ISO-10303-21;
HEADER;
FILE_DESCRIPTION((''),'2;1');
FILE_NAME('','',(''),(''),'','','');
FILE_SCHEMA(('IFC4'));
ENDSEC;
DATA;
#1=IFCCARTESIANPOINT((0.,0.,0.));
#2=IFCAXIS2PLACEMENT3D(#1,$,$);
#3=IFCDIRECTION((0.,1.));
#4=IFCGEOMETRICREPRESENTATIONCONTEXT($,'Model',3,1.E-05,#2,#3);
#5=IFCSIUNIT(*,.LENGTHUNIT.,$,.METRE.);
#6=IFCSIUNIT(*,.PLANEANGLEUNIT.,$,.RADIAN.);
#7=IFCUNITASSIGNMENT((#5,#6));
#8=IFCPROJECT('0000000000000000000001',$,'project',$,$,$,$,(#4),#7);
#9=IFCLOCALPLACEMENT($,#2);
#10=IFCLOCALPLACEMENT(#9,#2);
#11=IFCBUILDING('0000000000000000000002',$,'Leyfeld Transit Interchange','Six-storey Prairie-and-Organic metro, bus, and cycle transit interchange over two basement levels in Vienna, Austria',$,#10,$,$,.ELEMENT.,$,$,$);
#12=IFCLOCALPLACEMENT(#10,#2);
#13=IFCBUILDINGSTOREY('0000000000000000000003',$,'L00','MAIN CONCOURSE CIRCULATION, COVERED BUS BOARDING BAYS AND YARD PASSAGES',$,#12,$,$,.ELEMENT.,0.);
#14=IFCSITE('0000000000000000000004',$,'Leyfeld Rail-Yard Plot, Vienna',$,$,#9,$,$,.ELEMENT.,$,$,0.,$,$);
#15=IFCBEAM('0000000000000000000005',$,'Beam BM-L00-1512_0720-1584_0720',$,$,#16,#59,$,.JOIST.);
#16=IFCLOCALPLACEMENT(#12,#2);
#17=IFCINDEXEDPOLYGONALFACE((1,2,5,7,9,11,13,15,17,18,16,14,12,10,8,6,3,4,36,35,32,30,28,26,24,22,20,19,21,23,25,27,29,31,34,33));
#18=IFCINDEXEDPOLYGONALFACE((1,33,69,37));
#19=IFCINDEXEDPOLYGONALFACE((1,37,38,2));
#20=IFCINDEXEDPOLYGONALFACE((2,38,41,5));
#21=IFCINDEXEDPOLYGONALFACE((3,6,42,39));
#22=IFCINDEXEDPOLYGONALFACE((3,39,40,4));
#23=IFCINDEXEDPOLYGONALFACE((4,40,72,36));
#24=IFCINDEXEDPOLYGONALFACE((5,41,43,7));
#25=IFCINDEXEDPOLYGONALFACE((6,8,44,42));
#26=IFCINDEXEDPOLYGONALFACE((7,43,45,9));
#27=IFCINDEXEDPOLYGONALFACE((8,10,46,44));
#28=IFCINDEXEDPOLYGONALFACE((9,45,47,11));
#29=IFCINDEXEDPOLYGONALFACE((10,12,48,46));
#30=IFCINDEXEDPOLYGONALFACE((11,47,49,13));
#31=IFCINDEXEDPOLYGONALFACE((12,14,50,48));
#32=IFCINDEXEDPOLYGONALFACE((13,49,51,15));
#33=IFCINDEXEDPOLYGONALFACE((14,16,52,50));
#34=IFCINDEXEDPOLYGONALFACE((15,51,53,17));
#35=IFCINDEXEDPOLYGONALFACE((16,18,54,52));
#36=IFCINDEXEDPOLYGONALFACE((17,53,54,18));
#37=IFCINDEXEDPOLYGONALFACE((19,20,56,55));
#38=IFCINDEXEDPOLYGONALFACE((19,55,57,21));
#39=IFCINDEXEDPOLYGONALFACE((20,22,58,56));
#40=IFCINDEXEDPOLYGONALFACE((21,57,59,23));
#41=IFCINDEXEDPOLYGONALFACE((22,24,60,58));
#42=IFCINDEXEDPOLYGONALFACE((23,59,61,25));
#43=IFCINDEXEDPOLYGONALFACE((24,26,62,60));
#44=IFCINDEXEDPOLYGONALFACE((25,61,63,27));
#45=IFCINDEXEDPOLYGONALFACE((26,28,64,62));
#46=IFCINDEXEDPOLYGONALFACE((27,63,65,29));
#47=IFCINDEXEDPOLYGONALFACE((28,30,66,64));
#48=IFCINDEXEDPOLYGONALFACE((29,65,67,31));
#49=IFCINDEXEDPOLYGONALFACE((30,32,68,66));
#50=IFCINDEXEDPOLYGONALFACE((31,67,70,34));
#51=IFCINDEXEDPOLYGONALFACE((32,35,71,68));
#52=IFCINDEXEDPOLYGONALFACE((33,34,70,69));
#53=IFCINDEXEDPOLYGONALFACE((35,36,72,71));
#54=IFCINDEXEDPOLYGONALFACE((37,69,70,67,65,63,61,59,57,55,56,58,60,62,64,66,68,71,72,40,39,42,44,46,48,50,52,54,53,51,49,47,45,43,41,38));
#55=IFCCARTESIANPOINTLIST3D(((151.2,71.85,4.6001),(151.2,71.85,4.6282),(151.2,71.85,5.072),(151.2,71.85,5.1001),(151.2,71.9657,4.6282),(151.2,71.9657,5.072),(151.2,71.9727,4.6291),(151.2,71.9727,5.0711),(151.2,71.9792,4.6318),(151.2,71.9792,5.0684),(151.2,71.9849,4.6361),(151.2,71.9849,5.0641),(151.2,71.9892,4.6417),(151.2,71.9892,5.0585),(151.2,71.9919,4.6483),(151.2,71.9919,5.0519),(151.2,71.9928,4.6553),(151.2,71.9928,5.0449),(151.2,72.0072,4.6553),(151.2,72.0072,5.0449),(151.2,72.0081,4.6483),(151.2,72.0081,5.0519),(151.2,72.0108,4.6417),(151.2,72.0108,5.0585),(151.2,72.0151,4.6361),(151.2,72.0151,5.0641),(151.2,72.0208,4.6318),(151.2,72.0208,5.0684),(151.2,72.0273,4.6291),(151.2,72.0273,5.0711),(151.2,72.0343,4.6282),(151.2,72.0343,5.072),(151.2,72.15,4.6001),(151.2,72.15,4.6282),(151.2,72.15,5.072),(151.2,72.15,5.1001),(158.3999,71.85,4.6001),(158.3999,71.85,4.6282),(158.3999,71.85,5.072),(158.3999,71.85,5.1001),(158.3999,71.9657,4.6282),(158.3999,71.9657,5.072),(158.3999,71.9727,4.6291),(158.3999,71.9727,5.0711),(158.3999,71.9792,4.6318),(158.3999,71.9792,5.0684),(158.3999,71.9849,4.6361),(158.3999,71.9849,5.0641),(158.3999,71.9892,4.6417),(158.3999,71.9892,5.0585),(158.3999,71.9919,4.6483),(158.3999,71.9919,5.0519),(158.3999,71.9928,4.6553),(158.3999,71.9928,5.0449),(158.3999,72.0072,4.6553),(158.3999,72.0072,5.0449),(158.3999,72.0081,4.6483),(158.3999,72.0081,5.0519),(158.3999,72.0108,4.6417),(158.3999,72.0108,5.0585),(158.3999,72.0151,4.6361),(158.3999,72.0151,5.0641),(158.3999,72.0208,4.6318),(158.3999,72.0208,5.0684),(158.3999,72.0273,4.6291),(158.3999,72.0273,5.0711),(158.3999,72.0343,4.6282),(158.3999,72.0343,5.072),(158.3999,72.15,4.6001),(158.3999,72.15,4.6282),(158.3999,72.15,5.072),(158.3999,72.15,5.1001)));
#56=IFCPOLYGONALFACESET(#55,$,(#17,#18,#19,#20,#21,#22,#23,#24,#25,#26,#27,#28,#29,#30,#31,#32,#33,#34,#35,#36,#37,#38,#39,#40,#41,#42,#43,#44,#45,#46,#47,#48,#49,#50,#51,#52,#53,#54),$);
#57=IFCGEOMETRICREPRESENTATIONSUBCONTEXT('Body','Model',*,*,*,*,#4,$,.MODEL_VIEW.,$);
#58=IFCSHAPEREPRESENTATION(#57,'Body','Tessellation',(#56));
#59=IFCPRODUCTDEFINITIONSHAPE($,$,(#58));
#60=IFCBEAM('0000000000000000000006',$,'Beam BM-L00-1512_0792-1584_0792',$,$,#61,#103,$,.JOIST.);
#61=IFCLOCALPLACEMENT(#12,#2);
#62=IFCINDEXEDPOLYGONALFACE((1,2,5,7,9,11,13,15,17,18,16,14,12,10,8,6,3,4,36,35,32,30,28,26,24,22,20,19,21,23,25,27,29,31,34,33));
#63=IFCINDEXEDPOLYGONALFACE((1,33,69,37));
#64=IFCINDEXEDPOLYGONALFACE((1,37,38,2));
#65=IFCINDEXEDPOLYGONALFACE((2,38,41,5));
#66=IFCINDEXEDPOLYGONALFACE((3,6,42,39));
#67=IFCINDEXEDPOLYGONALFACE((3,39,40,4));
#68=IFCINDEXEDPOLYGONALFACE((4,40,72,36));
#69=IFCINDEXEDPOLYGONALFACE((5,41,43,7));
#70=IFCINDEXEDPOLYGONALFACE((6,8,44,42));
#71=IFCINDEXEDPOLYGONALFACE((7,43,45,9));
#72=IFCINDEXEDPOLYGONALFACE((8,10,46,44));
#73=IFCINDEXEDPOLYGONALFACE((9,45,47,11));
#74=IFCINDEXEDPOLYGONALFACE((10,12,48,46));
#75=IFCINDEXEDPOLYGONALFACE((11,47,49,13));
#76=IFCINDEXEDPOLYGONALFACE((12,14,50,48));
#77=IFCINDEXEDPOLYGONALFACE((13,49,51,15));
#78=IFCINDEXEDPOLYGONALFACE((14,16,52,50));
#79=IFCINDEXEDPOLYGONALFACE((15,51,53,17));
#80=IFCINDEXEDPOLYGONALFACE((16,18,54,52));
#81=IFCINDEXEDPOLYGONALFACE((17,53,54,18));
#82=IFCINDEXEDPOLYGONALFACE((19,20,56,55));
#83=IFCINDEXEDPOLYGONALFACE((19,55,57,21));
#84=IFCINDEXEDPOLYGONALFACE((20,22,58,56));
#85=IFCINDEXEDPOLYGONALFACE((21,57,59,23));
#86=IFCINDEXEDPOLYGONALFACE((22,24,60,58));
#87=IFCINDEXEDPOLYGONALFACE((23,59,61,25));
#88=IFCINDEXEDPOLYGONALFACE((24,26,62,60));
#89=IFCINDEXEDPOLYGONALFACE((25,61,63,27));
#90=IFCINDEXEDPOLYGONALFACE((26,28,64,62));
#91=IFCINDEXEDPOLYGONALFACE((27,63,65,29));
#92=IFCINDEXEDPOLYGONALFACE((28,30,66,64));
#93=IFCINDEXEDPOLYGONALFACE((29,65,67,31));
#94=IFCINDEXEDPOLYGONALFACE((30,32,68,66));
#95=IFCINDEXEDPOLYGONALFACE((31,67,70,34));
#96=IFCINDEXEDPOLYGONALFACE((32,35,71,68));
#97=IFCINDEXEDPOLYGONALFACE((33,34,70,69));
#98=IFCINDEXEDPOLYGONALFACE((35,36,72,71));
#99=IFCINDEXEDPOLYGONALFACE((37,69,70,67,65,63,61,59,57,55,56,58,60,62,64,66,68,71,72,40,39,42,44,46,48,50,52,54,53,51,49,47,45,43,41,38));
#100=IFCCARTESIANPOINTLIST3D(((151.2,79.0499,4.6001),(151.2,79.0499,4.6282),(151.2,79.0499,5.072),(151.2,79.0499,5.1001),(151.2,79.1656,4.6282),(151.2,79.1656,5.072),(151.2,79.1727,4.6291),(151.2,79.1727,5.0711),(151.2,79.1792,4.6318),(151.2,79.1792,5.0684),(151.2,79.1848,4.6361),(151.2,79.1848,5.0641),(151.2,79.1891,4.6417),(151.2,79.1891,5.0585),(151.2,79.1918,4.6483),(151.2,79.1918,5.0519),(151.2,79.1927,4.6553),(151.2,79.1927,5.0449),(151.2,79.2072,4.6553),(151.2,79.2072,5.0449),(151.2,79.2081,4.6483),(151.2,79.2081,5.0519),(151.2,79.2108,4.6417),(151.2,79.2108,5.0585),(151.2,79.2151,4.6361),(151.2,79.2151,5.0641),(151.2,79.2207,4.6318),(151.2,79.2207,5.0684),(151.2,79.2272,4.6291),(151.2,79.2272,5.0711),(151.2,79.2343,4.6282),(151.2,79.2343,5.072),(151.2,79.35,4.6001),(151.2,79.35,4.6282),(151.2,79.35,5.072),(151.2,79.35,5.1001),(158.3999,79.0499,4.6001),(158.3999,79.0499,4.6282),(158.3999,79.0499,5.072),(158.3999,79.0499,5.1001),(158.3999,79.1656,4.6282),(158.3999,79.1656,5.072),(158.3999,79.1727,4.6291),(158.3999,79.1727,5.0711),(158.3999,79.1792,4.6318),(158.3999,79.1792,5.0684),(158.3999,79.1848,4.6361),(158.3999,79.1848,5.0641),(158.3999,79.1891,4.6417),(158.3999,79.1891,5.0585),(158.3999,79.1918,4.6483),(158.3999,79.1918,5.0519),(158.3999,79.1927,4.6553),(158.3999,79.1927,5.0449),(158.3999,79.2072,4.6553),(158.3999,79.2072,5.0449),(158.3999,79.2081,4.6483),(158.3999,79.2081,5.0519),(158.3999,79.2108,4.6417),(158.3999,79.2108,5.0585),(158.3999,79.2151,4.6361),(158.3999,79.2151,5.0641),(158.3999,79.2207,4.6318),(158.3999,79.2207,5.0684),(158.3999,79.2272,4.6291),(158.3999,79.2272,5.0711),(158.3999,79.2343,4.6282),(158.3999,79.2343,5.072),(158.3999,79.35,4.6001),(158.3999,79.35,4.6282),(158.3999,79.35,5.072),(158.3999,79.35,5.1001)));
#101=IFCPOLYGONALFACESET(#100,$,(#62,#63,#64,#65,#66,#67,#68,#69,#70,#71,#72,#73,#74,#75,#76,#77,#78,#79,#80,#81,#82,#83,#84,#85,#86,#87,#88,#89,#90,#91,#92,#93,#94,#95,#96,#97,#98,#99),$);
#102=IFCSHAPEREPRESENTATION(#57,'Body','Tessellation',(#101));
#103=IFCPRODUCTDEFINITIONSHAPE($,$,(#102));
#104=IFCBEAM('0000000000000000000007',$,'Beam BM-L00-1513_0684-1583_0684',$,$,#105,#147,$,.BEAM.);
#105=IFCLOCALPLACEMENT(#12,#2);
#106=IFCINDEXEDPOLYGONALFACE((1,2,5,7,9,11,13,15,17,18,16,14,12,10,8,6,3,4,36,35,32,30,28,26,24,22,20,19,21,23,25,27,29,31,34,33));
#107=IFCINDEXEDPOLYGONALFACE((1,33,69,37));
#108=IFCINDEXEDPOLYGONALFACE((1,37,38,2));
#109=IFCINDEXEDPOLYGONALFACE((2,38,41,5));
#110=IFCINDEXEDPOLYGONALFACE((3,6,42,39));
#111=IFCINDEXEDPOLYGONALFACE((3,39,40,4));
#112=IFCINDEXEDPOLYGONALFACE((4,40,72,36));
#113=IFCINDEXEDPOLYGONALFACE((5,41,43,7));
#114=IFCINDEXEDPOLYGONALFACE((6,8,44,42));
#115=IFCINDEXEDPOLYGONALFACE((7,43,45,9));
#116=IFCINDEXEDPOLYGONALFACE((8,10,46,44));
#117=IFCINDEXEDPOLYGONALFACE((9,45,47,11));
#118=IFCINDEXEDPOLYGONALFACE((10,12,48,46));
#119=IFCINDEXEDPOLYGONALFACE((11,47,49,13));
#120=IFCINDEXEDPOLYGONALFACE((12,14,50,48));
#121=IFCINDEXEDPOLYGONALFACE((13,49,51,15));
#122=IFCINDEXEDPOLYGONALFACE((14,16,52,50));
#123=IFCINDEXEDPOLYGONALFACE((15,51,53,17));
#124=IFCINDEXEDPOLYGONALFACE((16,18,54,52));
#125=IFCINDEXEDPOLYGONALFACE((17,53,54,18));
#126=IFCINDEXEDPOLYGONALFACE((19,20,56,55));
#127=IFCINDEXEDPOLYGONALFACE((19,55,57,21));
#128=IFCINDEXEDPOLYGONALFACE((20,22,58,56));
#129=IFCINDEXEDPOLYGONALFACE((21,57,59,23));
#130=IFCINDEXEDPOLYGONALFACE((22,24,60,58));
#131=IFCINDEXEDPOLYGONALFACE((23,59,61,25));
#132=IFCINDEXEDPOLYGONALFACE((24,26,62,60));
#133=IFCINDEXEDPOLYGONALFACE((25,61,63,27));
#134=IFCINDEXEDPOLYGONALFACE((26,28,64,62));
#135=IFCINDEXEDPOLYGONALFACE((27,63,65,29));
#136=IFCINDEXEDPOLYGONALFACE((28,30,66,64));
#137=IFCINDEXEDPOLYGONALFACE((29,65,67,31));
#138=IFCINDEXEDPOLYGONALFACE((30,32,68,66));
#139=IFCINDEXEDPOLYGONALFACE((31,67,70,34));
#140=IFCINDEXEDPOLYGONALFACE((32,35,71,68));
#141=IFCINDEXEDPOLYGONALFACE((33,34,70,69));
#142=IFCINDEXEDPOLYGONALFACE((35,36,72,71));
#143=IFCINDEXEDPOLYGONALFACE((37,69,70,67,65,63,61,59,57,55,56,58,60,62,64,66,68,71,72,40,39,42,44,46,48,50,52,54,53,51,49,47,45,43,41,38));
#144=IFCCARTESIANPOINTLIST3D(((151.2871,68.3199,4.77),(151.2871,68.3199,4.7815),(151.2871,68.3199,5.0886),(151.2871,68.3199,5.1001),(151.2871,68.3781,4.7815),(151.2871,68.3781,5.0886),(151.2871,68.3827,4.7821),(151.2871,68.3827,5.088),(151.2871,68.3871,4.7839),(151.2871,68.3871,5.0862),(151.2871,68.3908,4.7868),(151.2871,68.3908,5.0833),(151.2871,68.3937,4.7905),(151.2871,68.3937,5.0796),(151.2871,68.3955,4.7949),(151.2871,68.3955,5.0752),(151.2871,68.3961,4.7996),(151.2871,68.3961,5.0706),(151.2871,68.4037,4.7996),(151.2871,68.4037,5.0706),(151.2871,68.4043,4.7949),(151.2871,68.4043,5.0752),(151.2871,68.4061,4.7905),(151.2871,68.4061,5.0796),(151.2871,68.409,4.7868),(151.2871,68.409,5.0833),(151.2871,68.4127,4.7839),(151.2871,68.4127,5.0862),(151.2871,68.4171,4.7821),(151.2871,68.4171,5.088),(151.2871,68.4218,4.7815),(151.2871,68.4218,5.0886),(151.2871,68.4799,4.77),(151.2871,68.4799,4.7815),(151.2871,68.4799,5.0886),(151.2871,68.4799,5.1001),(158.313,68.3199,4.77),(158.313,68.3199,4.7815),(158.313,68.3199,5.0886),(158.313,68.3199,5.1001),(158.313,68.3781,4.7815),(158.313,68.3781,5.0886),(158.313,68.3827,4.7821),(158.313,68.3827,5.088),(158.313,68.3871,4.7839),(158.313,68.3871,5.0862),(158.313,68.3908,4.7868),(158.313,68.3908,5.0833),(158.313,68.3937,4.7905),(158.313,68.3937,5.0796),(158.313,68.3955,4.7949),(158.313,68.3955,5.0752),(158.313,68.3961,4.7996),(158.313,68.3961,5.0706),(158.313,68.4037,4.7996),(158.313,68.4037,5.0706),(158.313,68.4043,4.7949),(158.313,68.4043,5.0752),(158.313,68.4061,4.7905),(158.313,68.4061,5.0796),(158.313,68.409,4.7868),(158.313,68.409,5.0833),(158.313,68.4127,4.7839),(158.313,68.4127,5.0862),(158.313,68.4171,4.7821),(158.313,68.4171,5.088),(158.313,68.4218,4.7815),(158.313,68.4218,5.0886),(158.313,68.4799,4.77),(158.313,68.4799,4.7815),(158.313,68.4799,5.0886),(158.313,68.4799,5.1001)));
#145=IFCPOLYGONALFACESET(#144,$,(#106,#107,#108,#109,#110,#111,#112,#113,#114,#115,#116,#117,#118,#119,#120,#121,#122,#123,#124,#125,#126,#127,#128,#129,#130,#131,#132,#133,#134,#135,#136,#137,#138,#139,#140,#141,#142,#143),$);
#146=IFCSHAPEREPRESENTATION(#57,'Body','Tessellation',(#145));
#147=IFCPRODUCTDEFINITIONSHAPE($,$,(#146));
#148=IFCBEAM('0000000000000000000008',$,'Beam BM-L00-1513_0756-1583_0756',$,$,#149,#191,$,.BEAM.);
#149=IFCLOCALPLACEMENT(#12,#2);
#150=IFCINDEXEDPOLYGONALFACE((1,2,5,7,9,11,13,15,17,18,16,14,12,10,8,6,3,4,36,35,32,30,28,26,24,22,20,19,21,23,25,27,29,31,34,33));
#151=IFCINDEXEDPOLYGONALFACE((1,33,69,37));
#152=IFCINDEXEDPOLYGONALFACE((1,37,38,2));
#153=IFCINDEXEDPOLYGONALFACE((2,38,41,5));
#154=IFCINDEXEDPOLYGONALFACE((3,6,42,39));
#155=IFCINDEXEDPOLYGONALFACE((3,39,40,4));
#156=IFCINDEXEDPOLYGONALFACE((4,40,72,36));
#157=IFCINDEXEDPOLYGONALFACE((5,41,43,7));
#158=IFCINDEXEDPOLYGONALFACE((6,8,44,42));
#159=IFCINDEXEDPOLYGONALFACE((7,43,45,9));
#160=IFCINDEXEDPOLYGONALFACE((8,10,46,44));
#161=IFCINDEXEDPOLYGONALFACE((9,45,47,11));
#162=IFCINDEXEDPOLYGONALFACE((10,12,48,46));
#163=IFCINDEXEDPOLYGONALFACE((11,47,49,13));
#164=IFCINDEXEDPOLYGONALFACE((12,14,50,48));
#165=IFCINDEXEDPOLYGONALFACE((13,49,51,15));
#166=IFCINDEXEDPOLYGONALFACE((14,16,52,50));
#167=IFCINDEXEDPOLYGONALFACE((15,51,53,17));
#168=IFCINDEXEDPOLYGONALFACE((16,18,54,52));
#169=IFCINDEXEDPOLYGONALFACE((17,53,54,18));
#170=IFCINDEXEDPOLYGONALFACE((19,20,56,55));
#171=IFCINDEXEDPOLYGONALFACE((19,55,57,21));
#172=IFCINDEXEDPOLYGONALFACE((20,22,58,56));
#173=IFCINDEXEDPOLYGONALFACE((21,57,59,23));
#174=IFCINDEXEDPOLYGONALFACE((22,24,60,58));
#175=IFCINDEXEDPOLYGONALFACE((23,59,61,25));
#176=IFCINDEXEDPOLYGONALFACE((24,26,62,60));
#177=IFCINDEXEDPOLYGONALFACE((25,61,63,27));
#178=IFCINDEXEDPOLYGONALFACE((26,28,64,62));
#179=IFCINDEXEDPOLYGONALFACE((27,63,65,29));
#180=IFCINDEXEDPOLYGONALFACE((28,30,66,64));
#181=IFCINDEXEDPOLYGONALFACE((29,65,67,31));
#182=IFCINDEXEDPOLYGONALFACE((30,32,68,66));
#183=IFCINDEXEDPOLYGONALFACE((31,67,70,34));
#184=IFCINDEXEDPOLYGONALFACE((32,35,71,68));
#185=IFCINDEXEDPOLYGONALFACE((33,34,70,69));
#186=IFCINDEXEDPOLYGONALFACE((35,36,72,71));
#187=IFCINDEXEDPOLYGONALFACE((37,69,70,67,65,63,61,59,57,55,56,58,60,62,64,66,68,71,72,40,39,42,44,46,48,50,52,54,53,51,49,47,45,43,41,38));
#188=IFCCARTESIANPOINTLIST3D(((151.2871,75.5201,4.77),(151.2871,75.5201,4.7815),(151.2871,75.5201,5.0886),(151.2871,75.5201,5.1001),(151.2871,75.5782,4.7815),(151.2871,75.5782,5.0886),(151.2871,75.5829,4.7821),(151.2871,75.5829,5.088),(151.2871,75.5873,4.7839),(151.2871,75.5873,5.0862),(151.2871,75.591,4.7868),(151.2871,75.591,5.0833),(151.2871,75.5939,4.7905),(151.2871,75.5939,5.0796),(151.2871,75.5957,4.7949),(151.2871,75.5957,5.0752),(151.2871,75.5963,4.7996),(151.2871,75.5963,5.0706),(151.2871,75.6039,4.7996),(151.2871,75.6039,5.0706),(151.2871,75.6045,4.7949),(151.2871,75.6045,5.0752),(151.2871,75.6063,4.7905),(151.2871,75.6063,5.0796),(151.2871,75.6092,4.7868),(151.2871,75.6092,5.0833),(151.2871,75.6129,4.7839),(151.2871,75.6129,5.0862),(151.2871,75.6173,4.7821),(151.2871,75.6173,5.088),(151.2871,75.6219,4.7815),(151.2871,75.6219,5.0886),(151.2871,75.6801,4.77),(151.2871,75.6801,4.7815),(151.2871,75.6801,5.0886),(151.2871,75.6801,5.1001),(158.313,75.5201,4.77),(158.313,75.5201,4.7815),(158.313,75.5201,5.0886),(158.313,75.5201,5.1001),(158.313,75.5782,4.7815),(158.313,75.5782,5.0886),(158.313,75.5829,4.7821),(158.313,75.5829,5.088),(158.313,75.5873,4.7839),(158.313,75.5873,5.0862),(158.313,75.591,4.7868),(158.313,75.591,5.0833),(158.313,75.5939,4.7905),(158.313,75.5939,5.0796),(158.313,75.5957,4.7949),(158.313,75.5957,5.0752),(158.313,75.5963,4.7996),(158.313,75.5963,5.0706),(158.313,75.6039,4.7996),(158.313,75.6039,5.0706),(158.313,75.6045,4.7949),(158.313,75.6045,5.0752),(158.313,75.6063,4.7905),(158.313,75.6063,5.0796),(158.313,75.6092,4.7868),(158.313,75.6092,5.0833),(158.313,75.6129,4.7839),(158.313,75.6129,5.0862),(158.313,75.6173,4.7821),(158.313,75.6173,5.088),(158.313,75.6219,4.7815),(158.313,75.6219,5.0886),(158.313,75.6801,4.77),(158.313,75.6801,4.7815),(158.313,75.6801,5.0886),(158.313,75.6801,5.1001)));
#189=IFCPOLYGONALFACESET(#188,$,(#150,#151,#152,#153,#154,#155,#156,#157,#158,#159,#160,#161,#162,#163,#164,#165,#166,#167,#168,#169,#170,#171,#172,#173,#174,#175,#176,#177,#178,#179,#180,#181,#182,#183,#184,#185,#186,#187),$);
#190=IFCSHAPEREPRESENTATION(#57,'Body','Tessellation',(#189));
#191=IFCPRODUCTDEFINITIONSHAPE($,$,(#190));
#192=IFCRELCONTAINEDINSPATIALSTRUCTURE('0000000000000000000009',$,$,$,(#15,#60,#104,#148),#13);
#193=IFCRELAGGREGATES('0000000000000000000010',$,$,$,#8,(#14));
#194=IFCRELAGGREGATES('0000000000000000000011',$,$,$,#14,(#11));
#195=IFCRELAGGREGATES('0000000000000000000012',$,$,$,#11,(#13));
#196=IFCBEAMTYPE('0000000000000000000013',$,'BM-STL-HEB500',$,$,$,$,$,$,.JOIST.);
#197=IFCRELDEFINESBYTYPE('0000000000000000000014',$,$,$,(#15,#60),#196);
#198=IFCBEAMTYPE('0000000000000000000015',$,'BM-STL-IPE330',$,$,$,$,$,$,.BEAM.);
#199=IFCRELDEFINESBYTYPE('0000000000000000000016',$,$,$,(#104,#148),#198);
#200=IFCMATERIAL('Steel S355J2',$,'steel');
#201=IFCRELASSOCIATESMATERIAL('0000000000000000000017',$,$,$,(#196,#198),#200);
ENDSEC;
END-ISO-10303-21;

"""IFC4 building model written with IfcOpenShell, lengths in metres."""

from ifc_helpers import new_model, si_unit, direction, frame, origin, origin_2d, place, context, subcontext, project, spatial, i_section, extrude, material, material_profile, profile_set, type_object, element, save


model = new_model("IFC4")

# Units and contexts
model_context = context("Model", 3, precision=1e-05, world=origin(), true_north=direction((0.0, 1.0)))
body_context = subcontext(model_context, "Body", "Model", "MODEL_VIEW")
ifc_project = project(units=[si_unit("LENGTHUNIT", "METRE"), si_unit("PLANEANGLEUNIT", "RADIAN")], contexts=[model_context])

# Site, building, storey
site_placement = place(None, origin())
site = spatial("IfcSite", under=ifc_project, at=site_placement, Name="Leyfeld Rail-Yard Plot, Vienna", CompositionType="ELEMENT", RefElevation=0.0)
building_placement = place(site_placement, origin())
building = spatial("IfcBuilding", under=site, at=building_placement, Name="Leyfeld Transit Interchange", Description="Six-storey Prairie-and-Organic metro, bus, and cycle transit interchange over two basement levels in Vienna, Austria", CompositionType="ELEMENT")
storey_placement = place(building_placement, origin())
storey = spatial("IfcBuildingStorey", under=building, at=storey_placement, Name="L00", Description="MAIN CONCOURSE CIRCULATION, COVERED BUS BOARDING BAYS AND YARD PASSAGES", CompositionType="ELEMENT", Elevation=0.0)

# Beams
ifc_material_1 = material(Name="Steel S355J2", Category="steel")
ifc_material_profile_1 = material_profile(ifc_material_1, i_section(OverallWidth=0.3, OverallDepth=0.5, WebThickness=0.0144, FlangeThickness=0.0281, FilletRadius=0.0271, at=origin_2d()), Name="HEB 500")
ifc_profile_set_1 = profile_set([ifc_material_profile_1], Name="Steel S355J2")
beam_type_1 = type_object("IfcBeamType", Name="BM-STL-HEB500", PredefinedType="JOIST", material=ifc_profile_set_1)
for number, where, z_axis, x_axis, name in (
    (1, (151.2, 72.0, 4.8501), (1.0, 0.0, 0.0), (0.0, 1.0, 0.0), "Beam BM-L00-1512_0720-1584_0720"),
    (2, (151.2, 79.2, 4.8501), (1.0, 0.0, 0.0), (0.0, 1.0, 0.0), "Beam BM-L00-1512_0792-1584_0792"),
):
    element("IfcBeam", number, at=place(storey_placement, frame(where, z_axis=z_axis, x_axis=x_axis)), inside=storey, type_object=beam_type_1, Name=name, PredefinedType="JOIST", context=body_context, shape_type="SweptSolid", body=[
        extrude(i_section(OverallWidth=0.3, OverallDepth=0.5, WebThickness=0.0144, FlangeThickness=0.0281, FilletRadius=0.0271, at=origin_2d()), origin(), (0.0, 0.0, 1.0), 7.2),
    ])
ifc_material_profile_2 = material_profile(ifc_material_1, i_section(OverallWidth=0.1599, OverallDepth=0.3301, WebThickness=0.0076, FlangeThickness=0.0115, FilletRadius=0.0181, at=origin_2d()), Name="IPE 330")
ifc_profile_set_2 = profile_set([ifc_material_profile_2], Name="Steel S355J2")
beam_type_2 = type_object("IfcBeamType", Name="BM-STL-IPE330", PredefinedType="BEAM", material=ifc_profile_set_2)
for number, where, z_axis, x_axis, name in (
    (3, (151.2871, 68.3999, 4.9351), (1.0, 0.0, 0.0), (0.0, 1.0, 0.0), "Beam BM-L00-1513_0684-1583_0684"),
    (4, (151.2871, 75.6001, 4.9351), (1.0, 0.0, 0.0), (0.0, 1.0, 0.0), "Beam BM-L00-1513_0756-1583_0756"),
):
    element("IfcBeam", number, at=place(storey_placement, frame(where, z_axis=z_axis, x_axis=x_axis)), inside=storey, type_object=beam_type_2, Name=name, PredefinedType="BEAM", context=body_context, shape_type="SweptSolid", body=[
        extrude(i_section(OverallWidth=0.1599, OverallDepth=0.3301, WebThickness=0.0076, FlangeThickness=0.0115, FilletRadius=0.0181, at=origin_2d()), origin(), (0.0, 0.0, 1.0), 7.0259),
    ])

save(model, "model.ifc")
